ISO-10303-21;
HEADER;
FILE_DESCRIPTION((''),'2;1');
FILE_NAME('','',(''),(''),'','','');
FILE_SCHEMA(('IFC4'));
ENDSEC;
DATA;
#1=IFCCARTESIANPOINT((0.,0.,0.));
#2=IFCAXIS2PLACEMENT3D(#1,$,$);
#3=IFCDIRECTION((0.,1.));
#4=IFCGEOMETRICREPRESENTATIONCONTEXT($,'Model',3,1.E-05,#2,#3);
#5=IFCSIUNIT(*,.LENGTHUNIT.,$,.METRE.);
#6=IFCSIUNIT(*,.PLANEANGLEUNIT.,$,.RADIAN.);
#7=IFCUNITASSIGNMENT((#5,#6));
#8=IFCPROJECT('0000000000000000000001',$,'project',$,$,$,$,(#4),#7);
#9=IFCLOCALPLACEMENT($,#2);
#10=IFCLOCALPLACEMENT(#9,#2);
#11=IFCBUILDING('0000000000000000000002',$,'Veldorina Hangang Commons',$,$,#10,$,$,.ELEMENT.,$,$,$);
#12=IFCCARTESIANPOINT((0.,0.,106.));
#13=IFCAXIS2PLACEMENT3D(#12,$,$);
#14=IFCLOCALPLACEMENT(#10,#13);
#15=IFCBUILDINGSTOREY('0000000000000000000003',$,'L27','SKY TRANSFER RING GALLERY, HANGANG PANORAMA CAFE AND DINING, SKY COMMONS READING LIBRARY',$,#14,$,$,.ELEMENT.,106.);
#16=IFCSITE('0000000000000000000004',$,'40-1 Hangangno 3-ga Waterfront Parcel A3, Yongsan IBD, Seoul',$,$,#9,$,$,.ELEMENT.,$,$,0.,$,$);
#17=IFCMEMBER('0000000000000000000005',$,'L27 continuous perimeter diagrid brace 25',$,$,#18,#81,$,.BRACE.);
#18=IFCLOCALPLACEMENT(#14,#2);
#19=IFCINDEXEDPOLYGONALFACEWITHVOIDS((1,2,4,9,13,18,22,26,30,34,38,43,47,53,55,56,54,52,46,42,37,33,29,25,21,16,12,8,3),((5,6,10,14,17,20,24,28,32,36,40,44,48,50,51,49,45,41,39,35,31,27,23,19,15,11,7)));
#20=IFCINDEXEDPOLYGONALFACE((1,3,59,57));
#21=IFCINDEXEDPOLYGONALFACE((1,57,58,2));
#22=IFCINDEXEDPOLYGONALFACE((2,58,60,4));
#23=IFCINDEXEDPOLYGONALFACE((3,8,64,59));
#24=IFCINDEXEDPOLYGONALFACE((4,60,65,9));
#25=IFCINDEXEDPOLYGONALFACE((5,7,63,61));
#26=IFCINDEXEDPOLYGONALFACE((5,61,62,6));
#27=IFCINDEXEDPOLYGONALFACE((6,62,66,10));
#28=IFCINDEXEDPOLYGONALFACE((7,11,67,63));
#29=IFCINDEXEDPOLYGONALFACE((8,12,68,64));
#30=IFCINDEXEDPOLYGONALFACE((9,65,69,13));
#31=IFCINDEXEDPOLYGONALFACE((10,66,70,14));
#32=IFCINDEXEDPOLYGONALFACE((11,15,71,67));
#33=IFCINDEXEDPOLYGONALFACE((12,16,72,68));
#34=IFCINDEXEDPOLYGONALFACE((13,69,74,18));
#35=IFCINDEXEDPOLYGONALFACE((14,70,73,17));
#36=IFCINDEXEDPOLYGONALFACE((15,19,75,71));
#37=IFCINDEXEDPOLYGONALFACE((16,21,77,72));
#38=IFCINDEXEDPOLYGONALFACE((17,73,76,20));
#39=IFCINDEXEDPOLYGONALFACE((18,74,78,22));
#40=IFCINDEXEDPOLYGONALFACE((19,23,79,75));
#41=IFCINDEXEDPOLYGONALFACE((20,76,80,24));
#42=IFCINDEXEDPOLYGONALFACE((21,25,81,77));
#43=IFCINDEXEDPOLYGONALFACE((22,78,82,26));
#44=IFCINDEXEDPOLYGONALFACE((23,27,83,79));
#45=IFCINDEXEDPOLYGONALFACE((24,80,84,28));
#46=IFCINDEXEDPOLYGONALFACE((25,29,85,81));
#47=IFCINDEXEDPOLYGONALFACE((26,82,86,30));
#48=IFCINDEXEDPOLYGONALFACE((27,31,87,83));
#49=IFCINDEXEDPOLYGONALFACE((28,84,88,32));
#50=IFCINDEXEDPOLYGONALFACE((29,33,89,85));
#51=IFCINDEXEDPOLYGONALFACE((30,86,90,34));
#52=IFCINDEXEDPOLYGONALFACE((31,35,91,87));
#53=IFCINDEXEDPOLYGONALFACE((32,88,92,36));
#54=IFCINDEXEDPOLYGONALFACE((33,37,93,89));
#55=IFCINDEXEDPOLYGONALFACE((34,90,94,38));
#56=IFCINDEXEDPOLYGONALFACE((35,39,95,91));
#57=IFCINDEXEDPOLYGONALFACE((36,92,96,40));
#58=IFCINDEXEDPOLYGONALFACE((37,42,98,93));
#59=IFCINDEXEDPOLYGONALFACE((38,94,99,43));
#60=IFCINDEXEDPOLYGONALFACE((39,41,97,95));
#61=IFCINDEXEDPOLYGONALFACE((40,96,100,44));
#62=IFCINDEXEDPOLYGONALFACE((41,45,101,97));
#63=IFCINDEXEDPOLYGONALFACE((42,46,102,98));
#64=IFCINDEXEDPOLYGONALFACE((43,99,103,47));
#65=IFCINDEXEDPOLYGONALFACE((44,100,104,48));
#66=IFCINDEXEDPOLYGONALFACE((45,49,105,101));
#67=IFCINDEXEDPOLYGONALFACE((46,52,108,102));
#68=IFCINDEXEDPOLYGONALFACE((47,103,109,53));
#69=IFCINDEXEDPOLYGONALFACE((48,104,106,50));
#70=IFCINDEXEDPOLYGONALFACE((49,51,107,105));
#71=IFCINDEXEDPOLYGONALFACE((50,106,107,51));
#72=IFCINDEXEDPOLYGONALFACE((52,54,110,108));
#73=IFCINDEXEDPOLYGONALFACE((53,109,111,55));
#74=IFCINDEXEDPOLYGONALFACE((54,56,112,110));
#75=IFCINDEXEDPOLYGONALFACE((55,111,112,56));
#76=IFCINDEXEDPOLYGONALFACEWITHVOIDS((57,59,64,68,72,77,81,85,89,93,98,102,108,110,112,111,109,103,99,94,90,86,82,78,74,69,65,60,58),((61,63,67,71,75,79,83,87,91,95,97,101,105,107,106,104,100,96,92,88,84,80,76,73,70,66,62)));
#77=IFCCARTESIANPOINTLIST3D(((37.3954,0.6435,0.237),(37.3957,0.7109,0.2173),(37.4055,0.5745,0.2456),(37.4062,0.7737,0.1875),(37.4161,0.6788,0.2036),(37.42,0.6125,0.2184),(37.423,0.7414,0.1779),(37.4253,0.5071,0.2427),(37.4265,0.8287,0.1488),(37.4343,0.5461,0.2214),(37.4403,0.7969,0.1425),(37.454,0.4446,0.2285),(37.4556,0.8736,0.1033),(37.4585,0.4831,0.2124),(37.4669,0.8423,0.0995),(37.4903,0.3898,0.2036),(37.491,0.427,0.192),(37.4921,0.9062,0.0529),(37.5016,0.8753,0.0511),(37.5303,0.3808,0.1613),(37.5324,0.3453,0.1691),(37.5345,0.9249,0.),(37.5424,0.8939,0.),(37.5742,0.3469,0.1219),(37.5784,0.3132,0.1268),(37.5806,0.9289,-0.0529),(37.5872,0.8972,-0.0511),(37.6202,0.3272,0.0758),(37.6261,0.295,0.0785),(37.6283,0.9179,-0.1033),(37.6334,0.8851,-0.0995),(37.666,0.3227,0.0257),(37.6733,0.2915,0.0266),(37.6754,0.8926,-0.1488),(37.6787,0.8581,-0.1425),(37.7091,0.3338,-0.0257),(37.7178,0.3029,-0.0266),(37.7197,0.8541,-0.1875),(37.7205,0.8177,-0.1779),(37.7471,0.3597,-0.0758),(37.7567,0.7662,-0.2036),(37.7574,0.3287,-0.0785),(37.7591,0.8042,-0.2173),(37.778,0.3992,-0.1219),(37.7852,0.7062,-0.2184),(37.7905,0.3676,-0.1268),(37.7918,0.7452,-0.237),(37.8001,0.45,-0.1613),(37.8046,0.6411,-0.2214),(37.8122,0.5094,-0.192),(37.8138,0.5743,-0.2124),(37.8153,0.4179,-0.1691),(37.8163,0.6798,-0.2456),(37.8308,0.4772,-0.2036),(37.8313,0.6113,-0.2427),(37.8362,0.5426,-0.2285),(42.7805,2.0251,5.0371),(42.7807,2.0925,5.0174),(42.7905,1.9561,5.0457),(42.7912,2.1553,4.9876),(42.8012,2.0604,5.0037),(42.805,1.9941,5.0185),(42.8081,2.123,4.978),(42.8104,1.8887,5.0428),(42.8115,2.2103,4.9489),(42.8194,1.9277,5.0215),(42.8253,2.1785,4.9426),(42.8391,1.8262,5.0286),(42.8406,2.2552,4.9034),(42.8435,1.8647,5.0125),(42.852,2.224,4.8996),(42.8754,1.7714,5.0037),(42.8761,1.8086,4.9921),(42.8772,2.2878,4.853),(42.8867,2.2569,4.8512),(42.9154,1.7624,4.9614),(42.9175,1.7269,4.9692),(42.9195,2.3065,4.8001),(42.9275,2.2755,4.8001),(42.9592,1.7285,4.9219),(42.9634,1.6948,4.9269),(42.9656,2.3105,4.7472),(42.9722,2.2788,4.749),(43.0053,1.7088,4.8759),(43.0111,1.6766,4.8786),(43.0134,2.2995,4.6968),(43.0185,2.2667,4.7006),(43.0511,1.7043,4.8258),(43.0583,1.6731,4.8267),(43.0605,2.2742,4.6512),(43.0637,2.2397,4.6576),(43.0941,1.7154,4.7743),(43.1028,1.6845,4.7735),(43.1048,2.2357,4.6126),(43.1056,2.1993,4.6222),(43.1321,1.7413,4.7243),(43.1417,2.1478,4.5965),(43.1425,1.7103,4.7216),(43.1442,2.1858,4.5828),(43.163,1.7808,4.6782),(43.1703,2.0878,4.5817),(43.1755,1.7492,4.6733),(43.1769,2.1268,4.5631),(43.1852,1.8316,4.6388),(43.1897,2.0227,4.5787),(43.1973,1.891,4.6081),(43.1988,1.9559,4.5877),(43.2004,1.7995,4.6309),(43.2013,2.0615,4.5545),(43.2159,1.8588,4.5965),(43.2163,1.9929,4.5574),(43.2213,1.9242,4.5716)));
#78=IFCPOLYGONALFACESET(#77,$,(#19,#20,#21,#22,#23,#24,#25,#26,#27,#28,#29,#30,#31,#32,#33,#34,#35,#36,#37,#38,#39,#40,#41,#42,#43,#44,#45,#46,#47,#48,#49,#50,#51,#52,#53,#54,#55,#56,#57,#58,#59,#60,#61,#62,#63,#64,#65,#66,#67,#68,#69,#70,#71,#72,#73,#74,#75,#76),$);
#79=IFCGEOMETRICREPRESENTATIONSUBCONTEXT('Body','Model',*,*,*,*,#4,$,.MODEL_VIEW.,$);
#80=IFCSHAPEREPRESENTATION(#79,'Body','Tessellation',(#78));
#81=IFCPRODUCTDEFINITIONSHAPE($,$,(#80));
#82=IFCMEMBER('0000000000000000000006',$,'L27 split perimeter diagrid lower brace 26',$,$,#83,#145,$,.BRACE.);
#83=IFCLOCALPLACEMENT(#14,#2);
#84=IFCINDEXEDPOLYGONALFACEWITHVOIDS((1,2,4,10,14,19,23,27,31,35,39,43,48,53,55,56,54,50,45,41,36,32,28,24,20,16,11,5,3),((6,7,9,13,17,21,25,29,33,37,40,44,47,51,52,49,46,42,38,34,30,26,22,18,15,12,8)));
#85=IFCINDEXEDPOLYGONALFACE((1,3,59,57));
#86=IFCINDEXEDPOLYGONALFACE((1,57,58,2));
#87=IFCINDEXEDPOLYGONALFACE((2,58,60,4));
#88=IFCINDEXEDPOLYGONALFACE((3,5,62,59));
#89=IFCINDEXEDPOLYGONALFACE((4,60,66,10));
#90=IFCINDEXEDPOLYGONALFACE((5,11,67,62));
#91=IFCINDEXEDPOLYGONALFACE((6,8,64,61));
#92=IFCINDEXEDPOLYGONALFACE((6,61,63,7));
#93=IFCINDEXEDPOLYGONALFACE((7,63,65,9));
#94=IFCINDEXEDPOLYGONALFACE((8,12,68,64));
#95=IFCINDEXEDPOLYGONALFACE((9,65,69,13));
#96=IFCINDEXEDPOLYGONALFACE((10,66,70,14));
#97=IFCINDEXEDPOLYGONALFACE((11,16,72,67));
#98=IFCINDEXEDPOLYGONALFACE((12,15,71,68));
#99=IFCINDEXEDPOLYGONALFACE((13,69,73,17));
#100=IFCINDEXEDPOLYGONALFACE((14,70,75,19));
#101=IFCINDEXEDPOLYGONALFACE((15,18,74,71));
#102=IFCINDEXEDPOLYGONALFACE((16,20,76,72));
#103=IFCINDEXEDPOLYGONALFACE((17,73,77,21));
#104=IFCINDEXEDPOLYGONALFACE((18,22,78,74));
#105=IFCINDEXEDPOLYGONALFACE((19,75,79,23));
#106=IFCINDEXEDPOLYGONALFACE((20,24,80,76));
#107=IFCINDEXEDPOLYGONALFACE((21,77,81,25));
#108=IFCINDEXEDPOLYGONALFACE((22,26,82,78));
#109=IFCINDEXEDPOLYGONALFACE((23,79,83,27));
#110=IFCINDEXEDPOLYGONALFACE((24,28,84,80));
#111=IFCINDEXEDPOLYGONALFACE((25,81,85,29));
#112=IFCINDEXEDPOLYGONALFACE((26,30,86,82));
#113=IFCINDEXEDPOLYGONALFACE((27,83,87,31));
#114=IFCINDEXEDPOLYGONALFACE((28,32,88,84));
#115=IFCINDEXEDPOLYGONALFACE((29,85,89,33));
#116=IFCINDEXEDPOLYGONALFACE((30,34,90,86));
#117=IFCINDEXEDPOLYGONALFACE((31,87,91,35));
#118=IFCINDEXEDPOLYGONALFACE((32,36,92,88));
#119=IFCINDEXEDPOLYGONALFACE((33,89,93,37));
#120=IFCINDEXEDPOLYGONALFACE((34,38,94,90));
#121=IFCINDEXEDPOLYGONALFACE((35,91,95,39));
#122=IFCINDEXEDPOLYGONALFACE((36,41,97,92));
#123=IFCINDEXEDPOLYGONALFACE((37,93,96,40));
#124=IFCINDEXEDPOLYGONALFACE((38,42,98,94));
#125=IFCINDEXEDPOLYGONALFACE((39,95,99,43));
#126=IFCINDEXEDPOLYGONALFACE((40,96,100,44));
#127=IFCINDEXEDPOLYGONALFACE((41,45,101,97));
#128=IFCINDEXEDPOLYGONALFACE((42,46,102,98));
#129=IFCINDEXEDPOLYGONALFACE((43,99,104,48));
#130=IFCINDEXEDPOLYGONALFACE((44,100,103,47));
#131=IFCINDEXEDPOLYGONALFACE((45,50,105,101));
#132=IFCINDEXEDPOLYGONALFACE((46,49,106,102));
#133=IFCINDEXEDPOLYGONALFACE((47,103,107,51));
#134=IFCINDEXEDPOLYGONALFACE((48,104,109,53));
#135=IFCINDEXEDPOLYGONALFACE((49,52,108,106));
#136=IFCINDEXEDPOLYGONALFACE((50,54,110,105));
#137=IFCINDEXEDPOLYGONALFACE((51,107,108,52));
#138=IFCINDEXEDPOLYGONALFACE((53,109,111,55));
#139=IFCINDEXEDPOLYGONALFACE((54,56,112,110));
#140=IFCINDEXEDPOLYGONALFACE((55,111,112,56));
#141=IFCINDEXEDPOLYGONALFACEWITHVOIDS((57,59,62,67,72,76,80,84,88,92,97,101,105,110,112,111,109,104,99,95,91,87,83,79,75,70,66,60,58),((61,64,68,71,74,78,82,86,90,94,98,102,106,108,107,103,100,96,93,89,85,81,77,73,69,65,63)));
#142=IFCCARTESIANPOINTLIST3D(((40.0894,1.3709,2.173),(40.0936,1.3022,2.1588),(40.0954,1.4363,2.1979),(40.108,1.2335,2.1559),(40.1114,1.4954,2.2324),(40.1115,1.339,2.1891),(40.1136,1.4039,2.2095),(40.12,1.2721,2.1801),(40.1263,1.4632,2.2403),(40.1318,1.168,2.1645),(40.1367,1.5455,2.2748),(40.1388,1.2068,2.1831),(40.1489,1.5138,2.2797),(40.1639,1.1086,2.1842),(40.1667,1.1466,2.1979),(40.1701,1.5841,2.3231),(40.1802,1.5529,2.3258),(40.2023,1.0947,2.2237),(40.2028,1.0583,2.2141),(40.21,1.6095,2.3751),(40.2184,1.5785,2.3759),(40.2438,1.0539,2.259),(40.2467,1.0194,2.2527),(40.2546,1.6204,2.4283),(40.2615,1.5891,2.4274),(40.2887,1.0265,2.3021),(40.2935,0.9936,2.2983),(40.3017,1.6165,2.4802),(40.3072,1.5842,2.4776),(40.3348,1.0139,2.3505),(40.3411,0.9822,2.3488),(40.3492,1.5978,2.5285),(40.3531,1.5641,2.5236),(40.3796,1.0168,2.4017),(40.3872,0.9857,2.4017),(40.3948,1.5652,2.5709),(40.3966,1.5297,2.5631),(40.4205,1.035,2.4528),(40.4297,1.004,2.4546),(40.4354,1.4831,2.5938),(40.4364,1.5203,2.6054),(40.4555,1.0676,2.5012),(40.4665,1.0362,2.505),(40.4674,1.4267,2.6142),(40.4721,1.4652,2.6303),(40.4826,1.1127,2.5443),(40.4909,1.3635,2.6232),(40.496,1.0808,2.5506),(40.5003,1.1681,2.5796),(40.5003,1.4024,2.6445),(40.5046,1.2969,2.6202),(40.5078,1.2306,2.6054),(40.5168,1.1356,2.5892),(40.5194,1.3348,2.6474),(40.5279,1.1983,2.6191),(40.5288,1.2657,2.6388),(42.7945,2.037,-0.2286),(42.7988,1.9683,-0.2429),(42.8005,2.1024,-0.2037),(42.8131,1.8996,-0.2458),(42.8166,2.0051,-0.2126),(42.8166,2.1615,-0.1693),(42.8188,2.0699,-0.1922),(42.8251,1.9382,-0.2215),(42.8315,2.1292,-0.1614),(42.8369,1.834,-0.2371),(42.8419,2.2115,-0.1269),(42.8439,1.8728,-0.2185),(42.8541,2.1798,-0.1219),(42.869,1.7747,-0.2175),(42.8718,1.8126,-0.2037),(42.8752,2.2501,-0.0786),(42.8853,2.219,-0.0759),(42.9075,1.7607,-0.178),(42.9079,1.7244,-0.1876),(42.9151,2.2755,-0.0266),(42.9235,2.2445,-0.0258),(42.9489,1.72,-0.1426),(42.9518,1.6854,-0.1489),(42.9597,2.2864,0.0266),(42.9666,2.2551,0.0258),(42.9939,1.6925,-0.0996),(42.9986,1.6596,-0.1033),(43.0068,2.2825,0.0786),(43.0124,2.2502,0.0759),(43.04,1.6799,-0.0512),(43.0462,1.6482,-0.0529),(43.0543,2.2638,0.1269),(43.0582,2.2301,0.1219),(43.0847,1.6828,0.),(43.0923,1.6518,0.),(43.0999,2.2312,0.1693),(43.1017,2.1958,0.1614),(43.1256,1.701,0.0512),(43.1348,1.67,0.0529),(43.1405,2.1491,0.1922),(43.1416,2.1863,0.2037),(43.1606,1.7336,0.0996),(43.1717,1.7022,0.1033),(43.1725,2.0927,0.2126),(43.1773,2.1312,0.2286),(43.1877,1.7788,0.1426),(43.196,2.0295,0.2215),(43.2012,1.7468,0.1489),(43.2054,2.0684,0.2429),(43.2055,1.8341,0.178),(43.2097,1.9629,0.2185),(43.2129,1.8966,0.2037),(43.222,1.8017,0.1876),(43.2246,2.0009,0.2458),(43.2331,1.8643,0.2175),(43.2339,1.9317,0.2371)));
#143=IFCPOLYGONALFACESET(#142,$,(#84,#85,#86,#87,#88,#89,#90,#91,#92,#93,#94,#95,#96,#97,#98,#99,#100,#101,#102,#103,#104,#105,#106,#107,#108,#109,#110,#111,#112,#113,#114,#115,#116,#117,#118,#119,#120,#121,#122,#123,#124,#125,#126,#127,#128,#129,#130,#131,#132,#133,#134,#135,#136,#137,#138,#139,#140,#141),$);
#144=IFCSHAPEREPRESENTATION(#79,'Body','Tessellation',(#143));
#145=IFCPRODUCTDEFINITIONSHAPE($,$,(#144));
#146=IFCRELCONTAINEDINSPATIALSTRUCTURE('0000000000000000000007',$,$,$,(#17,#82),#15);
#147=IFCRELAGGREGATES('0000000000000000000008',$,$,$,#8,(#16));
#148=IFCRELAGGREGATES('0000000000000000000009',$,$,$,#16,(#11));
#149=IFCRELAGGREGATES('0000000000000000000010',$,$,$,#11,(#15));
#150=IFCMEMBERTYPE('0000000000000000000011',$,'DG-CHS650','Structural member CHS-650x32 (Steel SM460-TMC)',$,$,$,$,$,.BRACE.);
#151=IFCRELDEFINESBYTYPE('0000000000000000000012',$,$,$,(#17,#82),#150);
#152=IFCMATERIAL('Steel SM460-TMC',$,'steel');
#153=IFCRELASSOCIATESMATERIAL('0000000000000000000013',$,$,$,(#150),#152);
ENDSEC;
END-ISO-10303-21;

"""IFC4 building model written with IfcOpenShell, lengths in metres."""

from ifc_helpers import new_model, si_unit, direction, frame, origin, origin_2d, place, context, subcontext, project, spatial, hollow_circle, extrude, material, material_profile, profile_set, type_object, element, save


model = new_model("IFC4")

# Units and contexts
model_context = context("Model", 3, precision=1e-05, world=origin(), true_north=direction((0.0, 1.0)))
body_context = subcontext(model_context, "Body", "Model", "MODEL_VIEW")
ifc_project = project(units=[si_unit("LENGTHUNIT", "METRE"), si_unit("PLANEANGLEUNIT", "RADIAN")], contexts=[model_context])

# Site, building, storey
site_placement = place(None, origin())
site = spatial("IfcSite", under=ifc_project, at=site_placement, Name="40-1 Hangangno 3-ga Waterfront Parcel A3, Yongsan IBD, Seoul", CompositionType="ELEMENT", RefElevation=0.0)
building_placement = place(site_placement, origin())
building = spatial("IfcBuilding", under=site, at=building_placement, Name="Veldorina Hangang Commons", CompositionType="ELEMENT")
storey_placement = place(building_placement, frame((0.0, 0.0, 106.0)))
storey = spatial("IfcBuildingStorey", under=building, at=storey_placement, Name="L27", Description="SKY TRANSFER RING GALLERY, HANGANG PANORAMA CAFE AND DINING, SKY COMMONS READING LIBRARY", CompositionType="ELEMENT", Elevation=106.0)

# Members
ifc_material_1 = material(Name="Steel SM460-TMC", Category="steel")
ifc_material_profile_1 = material_profile(ifc_material_1, hollow_circle(Radius=0.325, WallThickness=0.032, at=origin_2d()), Name="CHS-650x32")
ifc_profile_set_1 = profile_set([ifc_material_profile_1], Name="Steel SM460-TMC")
member_type_1 = type_object("IfcMemberType", Name="DG-CHS650", Description="Structural member CHS-650x32 (Steel SM460-TMC)", PredefinedType="BRACE", material=ifc_profile_set_1)
member_1_placement = place(storey_placement, frame((37.6152, 0.6101, 0.0), z_axis=(0.733163, 0.188102, 0.653521), x_axis=(-0.248514, 0.968628, 0.0)))
element("IfcMember", 1, at=member_1_placement, inside=storey, type_object=member_type_1, Name="L27 continuous perimeter diagrid brace 25", PredefinedType="BRACE", context=body_context, shape_type="SweptSolid", body=[
    extrude(hollow_circle(Radius=0.325, WallThickness=0.032, at=origin_2d()), origin(), (0.0, 0.0, 1.0), 7.345),
])
member_2_placement = place(storey_placement, frame((43.0146, 1.9673, 0.0), z_axis=(-0.735446, -0.181074, 0.652941), x_axis=(0.23907, -0.971002, 0.0)))
element("IfcMember", 2, at=member_2_placement, inside=storey, type_object=member_type_1, Name="L27 split perimeter diagrid lower brace 26", PredefinedType="BRACE", context=body_context, shape_type="SweptSolid", body=[
    extrude(hollow_circle(Radius=0.325, WallThickness=0.032, at=origin_2d()), origin(), (0.0, 0.0, 1.0), 3.6782),
])

save(model, "model.ifc")
